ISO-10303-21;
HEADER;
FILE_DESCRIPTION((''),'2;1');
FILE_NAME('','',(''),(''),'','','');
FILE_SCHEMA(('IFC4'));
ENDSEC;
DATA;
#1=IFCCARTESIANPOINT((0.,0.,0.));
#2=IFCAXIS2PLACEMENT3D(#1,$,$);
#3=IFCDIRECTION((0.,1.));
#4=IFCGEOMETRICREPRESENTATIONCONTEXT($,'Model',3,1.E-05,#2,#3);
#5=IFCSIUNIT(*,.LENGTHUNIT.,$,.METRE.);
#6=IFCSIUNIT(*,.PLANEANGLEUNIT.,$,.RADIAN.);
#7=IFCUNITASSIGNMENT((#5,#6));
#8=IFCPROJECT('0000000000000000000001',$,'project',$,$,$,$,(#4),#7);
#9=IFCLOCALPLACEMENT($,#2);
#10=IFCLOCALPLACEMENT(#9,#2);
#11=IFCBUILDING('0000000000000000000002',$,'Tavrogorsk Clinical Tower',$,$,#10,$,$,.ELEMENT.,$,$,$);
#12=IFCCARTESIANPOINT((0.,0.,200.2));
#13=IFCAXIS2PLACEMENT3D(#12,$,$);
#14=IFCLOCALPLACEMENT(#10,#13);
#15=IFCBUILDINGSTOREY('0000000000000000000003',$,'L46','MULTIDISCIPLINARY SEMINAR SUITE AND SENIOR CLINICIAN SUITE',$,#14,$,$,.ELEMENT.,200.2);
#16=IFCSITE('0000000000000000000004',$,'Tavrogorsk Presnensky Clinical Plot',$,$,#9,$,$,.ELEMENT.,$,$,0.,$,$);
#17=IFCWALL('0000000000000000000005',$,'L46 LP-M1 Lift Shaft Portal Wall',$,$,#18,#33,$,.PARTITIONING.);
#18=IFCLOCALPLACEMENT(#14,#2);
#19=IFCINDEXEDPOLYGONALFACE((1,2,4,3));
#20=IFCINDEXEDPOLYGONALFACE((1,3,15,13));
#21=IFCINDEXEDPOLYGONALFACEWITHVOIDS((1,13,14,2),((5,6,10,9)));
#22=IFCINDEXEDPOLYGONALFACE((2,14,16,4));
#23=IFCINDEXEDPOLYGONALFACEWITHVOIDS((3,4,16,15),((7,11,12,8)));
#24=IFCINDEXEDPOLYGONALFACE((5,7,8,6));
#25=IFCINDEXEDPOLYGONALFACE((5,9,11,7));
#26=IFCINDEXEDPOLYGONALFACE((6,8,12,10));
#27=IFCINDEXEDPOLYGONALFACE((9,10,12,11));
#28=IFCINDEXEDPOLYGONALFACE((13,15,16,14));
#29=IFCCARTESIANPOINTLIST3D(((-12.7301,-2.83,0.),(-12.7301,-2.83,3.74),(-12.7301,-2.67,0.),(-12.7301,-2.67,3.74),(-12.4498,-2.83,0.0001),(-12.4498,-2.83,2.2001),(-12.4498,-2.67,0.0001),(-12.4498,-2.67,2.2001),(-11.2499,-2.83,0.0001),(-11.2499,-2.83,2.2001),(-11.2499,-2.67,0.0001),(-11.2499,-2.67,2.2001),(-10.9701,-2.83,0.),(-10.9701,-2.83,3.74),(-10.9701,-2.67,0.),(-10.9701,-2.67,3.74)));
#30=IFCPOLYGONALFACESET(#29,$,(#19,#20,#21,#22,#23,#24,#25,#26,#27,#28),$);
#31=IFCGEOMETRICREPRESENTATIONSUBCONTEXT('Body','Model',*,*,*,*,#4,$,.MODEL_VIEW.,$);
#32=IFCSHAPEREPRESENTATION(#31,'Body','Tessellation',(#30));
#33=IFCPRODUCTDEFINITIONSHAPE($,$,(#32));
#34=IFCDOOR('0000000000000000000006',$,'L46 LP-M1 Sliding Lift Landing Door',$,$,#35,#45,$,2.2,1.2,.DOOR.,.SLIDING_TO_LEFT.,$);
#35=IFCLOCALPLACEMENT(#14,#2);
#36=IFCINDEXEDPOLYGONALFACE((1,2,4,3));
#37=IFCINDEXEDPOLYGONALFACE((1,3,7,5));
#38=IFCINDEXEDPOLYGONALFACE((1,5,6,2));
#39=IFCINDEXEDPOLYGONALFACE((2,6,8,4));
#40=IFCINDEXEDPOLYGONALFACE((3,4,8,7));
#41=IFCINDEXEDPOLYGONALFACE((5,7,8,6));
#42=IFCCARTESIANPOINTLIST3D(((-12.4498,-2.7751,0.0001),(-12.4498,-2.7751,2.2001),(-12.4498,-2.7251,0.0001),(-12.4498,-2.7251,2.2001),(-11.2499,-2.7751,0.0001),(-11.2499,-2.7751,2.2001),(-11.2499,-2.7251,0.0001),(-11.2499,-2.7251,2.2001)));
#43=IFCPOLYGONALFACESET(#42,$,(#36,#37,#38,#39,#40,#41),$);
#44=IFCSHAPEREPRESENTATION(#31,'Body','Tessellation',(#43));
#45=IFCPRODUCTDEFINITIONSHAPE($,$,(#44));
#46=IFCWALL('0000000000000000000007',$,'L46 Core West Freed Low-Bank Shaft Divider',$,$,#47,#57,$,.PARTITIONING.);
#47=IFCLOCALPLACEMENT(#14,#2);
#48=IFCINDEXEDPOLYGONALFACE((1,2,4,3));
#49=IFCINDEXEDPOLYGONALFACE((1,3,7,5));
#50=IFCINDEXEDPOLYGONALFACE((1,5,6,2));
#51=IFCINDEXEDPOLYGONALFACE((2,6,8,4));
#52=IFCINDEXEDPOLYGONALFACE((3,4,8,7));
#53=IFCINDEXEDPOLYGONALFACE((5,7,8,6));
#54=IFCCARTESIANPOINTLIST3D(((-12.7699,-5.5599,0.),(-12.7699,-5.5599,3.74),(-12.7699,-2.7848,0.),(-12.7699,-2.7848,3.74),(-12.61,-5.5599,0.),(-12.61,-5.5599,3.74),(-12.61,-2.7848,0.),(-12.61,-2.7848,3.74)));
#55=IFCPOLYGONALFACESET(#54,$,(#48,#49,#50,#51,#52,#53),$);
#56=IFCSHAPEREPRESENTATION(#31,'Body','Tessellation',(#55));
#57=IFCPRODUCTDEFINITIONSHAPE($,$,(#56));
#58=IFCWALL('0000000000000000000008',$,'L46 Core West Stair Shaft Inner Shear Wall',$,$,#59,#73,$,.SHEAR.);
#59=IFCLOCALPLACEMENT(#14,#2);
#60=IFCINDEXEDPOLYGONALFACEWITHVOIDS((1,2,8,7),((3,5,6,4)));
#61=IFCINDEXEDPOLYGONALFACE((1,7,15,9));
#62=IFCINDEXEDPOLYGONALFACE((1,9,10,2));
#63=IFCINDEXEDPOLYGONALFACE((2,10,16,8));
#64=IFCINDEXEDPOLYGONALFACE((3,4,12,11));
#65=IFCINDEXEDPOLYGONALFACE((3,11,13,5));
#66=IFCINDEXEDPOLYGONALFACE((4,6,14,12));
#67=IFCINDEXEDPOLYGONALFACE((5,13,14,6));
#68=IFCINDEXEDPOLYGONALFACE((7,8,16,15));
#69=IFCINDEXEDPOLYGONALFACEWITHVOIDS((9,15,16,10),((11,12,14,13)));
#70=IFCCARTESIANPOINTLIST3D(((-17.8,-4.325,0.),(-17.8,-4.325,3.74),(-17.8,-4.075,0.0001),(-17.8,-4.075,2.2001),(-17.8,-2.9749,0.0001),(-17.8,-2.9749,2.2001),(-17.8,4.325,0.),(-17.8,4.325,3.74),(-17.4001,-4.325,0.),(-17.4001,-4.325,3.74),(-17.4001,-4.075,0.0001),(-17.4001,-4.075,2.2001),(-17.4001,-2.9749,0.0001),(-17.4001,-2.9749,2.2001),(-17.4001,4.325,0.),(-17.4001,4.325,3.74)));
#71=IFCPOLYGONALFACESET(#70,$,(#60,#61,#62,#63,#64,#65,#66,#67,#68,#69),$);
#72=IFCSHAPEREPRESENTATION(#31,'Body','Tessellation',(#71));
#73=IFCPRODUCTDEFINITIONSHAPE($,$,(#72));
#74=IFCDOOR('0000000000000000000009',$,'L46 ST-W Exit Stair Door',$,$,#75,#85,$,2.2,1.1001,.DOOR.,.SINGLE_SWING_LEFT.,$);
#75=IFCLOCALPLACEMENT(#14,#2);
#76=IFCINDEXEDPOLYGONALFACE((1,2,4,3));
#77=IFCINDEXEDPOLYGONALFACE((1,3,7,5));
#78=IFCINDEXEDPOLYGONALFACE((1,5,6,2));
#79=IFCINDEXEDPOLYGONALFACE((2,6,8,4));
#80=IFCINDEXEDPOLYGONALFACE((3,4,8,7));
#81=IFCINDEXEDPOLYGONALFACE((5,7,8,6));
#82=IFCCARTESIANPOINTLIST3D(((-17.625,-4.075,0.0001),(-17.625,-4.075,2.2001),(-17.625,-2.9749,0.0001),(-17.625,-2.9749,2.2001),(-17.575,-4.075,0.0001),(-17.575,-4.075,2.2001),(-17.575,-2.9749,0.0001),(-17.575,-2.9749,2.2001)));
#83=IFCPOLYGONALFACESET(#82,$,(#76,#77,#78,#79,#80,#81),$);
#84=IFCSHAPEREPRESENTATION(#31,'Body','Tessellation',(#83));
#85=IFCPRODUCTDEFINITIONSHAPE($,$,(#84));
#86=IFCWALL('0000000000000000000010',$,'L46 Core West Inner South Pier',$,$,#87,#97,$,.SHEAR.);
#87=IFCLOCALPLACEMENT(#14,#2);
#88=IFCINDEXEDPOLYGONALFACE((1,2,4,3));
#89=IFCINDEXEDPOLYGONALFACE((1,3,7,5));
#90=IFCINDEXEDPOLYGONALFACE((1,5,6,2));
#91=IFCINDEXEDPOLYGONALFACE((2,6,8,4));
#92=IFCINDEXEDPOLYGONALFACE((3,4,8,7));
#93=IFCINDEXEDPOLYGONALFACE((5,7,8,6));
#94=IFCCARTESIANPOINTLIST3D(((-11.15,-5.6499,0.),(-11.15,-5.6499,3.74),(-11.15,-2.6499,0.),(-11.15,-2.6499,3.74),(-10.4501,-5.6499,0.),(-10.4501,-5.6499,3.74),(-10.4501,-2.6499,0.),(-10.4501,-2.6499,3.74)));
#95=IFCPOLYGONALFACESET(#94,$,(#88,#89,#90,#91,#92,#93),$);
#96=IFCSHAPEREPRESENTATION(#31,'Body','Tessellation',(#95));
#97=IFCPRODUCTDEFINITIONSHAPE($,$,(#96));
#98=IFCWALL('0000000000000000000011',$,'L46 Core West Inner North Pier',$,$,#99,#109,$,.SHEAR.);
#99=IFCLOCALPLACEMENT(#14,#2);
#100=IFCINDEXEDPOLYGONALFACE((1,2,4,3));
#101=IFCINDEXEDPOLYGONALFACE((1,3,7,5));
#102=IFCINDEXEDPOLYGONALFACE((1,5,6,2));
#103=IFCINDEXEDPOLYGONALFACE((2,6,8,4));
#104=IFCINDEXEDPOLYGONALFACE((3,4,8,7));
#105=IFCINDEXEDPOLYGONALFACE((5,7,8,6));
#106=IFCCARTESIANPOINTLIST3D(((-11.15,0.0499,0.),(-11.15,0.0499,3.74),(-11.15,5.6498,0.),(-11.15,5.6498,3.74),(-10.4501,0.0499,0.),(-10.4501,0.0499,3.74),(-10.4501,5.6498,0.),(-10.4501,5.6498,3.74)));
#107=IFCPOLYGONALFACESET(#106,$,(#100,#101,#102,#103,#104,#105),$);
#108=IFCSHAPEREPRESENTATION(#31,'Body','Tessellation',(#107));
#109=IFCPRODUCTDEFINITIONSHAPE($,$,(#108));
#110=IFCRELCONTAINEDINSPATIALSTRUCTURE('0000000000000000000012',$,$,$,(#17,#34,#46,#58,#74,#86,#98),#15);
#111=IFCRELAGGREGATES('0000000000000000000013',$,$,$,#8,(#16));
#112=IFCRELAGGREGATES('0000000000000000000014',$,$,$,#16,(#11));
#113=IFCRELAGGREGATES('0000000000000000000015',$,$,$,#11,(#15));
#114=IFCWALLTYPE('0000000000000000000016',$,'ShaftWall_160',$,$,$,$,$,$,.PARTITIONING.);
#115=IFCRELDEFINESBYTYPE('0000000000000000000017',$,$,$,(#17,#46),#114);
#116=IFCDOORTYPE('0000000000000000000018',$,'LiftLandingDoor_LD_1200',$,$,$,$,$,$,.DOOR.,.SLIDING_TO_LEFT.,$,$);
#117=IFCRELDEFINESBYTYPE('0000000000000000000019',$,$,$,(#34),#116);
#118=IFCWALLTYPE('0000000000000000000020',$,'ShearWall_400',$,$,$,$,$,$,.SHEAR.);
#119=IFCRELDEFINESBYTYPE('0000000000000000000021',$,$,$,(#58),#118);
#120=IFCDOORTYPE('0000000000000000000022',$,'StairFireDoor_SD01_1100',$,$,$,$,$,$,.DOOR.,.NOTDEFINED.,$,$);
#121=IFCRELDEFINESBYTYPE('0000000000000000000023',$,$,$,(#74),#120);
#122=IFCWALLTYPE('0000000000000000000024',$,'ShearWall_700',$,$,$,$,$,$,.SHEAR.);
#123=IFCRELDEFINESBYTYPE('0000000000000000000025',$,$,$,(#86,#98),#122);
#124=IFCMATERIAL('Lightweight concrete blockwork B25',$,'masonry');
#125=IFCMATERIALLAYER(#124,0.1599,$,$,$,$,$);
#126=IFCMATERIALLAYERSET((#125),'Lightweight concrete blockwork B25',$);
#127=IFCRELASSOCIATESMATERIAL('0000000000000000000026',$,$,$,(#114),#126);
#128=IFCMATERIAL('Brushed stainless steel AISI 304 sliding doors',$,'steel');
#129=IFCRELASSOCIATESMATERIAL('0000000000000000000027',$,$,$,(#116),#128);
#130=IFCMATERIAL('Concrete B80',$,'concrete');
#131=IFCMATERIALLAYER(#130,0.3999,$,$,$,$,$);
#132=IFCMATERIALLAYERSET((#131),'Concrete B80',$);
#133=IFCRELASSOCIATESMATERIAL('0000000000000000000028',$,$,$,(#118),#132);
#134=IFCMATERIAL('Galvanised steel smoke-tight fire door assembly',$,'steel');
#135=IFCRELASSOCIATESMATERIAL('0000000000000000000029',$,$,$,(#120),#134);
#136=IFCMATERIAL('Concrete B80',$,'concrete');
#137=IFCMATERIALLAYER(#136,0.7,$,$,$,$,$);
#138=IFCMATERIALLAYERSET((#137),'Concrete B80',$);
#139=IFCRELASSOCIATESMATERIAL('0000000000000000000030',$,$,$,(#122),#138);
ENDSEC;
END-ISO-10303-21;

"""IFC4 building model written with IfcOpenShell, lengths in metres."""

from ifc_helpers import new_model, si_unit, direction, frame, frame_2d, origin, place, context, subcontext, project, spatial, rectangle, extrude, material, layer, layer_set, type_object, element, fill, save


model = new_model("IFC4")

# Units and contexts
model_context = context("Model", 3, precision=1e-05, world=origin(), true_north=direction((0.0, 1.0)))
body_context = subcontext(model_context, "Body", "Model", "MODEL_VIEW")
ifc_project = project(units=[si_unit("LENGTHUNIT", "METRE"), si_unit("PLANEANGLEUNIT", "RADIAN")], contexts=[model_context])

# Site, building, storey
site_placement = place(None, origin())
site = spatial("IfcSite", under=ifc_project, at=site_placement, Name="Tavrogorsk Presnensky Clinical Plot", CompositionType="ELEMENT", RefElevation=0.0)
building_placement = place(site_placement, origin())
building = spatial("IfcBuilding", under=site, at=building_placement, Name="Tavrogorsk Clinical Tower", CompositionType="ELEMENT")
storey_placement = place(building_placement, frame((0.0, 0.0, 200.2)))
storey = spatial("IfcBuildingStorey", under=building, at=storey_placement, Name="L46", Description="MULTIDISCIPLINARY SEMINAR SUITE AND SENIOR CLINICIAN SUITE", CompositionType="ELEMENT", Elevation=200.2)

# Wall, opening, door
ifc_material_1 = material(Name="Lightweight concrete blockwork B25", Category="masonry")
ifc_layer_1 = layer(ifc_material_1, 0.1599)
ifc_layer_set_1 = layer_set([ifc_layer_1], Name="Lightweight concrete blockwork B25")
wall_type_1 = type_object("IfcWallType", Name="ShaftWall_160", PredefinedType="PARTITIONING", material=ifc_layer_set_1)
wall_1_placement = place(storey_placement, frame((-12.73, -2.75, 0.0), z_axis=(0.0, 0.0, 1.0), x_axis=(1.0, 0.0, 0.0)))
wall_1 = element("IfcWall", 1, at=wall_1_placement, inside=storey, type_object=wall_type_1, Name="L46 LP-M1 Lift Shaft Portal Wall", PredefinedType="PARTITIONING", context=body_context, shape_type="SweptSolid", body=[
    extrude(rectangle(XDim=1.76, YDim=0.1599, at=frame_2d((0.8799, 0.0))), origin(), (0.0, 0.0, 1.0), 3.74),
])
opening_1_placement = place(wall_1_placement, frame((0.28, 0.0, 0.0)))
opening_1 = element("IfcOpeningElement", 2, at=opening_1_placement, cuts=wall_1, PredefinedType="OPENING", context=body_context, shape_type="SweptSolid", body=[
    extrude(rectangle(XDim=1.2, YDim=2.2, at=frame_2d((0.6001, 1.1001))), frame((0.0, 0.0898, 0.0), z_axis=(0.0, -1.0, 0.0), x_axis=(1.0, 0.0, 0.0)), (0.0, 0.0, 1.0), 0.1799),
])
ifc_material_2 = material(Name="Brushed stainless steel AISI 304 sliding doors", Category="steel")
door_type_1 = type_object("IfcDoorType", Name="LiftLandingDoor_LD_1200", OperationType="SLIDING_TO_LEFT", PredefinedType="DOOR", material=ifc_material_2)
door_1_placement = place(opening_1_placement, origin())
door_1 = element("IfcDoor", 3, at=door_1_placement, inside=storey, type_object=door_type_1, Name="L46 LP-M1 Sliding Lift Landing Door", OperationType="SLIDING_TO_LEFT", OverallHeight=2.2, OverallWidth=1.2, PredefinedType="DOOR", context=body_context, shape_type="SweptSolid", body=[
    extrude(rectangle(XDim=1.2, YDim=2.2, at=frame_2d((0.6001, 1.1001))), frame((0.0, 0.0249, 0.0), z_axis=(0.0, -1.0, 0.0), x_axis=(1.0, 0.0, 0.0)), (0.0, 0.0, 1.0), 0.05),
])
fill(opening_1, door_1)

# Wall
wall_2_placement = place(storey_placement, frame((-12.6899, -5.5601, 0.0), z_axis=(0.0, 0.0, 1.0), x_axis=(0.0, 1.0, 0.0)))
element("IfcWall", 4, at=wall_2_placement, inside=storey, type_object=wall_type_1, Name="L46 Core West Freed Low-Bank Shaft Divider", PredefinedType="PARTITIONING", context=body_context, shape_type="SweptSolid", body=[
    extrude(rectangle(XDim=2.7751, YDim=0.1599, at=frame_2d((1.3877, 0.0))), origin(), (0.0, 0.0, 1.0), 3.74),
])

# Wall, opening, door
ifc_material_3 = material(Name="Concrete B80", Category="concrete")
ifc_layer_2 = layer(ifc_material_3, 0.3999)
ifc_layer_set_2 = layer_set([ifc_layer_2], Name="Concrete B80")
wall_type_2 = type_object("IfcWallType", Name="ShearWall_400", PredefinedType="SHEAR", material=ifc_layer_set_2)
wall_3_placement = place(storey_placement, frame((-17.6001, -4.325, 0.0), z_axis=(0.0, 0.0, 1.0), x_axis=(0.0, 1.0, 0.0)))
wall_3 = element("IfcWall", 5, at=wall_3_placement, inside=storey, type_object=wall_type_2, Name="L46 Core West Stair Shaft Inner Shear Wall", PredefinedType="SHEAR", context=body_context, shape_type="SweptSolid", body=[
    extrude(rectangle(XDim=8.6499, YDim=0.3999, at=frame_2d((4.325, 0.0))), origin(), (0.0, 0.0, 1.0), 3.74),
])
opening_2_placement = place(wall_3_placement, frame((0.25, 0.0, 0.0)))
opening_2 = element("IfcOpeningElement", 6, at=opening_2_placement, cuts=wall_3, PredefinedType="OPENING", context=body_context, shape_type="SweptSolid", body=[
    extrude(rectangle(XDim=1.1001, YDim=2.2, at=frame_2d((0.55, 1.1001))), frame((0.0, 0.21, 0.0), z_axis=(0.0, -1.0, 0.0), x_axis=(1.0, 0.0, 0.0)), (0.0, 0.0, 1.0), 0.4199),
])
ifc_material_4 = material(Name="Galvanised steel smoke-tight fire door assembly", Category="steel")
door_type_2 = type_object("IfcDoorType", Name="StairFireDoor_SD01_1100", OperationType="NOTDEFINED", PredefinedType="DOOR", material=ifc_material_4)
door_2_placement = place(opening_2_placement, origin())
door_2 = element("IfcDoor", 7, at=door_2_placement, inside=storey, type_object=door_type_2, Name="L46 ST-W Exit Stair Door", OperationType="SINGLE_SWING_LEFT", OverallHeight=2.2, OverallWidth=1.1001, PredefinedType="DOOR", context=body_context, shape_type="SweptSolid", body=[
    extrude(rectangle(XDim=1.1001, YDim=2.2, at=frame_2d((0.55, 1.1001))), frame((0.0, 0.0249, 0.0), z_axis=(0.0, -1.0, 0.0), x_axis=(1.0, 0.0, 0.0)), (0.0, 0.0, 1.0), 0.05),
])
fill(opening_2, door_2)

# Walls
ifc_material_5 = material(Name="Concrete B80", Category="concrete")
ifc_layer_3 = layer(ifc_material_5, 0.7)
ifc_layer_set_3 = layer_set([ifc_layer_3], Name="Concrete B80")
wall_type_3 = type_object("IfcWallType", Name="ShearWall_700", PredefinedType="SHEAR", material=ifc_layer_set_3)
wall_4_placement = place(storey_placement, frame((-10.8, -5.6499, 0.0), z_axis=(0.0, 0.0, 1.0), x_axis=(0.0, 1.0, 0.0)))
element("IfcWall", 8, at=wall_4_placement, inside=storey, type_object=wall_type_3, Name="L46 Core West Inner South Pier", PredefinedType="SHEAR", context=body_context, shape_type="SweptSolid", body=[
    extrude(rectangle(XDim=3.0, YDim=0.7, at=frame_2d((1.5, 0.0))), origin(), (0.0, 0.0, 1.0), 3.74),
])
wall_5_placement = place(storey_placement, frame((-10.8, 0.05, 0.0), z_axis=(0.0, 0.0, 1.0), x_axis=(0.0, 1.0, 0.0)))
element("IfcWall", 9, at=wall_5_placement, inside=storey, type_object=wall_type_3, Name="L46 Core West Inner North Pier", PredefinedType="SHEAR", context=body_context, shape_type="SweptSolid", body=[
    extrude(rectangle(XDim=5.5999, YDim=0.7, at=frame_2d((2.7998, 0.0))), origin(), (0.0, 0.0, 1.0), 3.74),
])

save(model, "model.ifc")
